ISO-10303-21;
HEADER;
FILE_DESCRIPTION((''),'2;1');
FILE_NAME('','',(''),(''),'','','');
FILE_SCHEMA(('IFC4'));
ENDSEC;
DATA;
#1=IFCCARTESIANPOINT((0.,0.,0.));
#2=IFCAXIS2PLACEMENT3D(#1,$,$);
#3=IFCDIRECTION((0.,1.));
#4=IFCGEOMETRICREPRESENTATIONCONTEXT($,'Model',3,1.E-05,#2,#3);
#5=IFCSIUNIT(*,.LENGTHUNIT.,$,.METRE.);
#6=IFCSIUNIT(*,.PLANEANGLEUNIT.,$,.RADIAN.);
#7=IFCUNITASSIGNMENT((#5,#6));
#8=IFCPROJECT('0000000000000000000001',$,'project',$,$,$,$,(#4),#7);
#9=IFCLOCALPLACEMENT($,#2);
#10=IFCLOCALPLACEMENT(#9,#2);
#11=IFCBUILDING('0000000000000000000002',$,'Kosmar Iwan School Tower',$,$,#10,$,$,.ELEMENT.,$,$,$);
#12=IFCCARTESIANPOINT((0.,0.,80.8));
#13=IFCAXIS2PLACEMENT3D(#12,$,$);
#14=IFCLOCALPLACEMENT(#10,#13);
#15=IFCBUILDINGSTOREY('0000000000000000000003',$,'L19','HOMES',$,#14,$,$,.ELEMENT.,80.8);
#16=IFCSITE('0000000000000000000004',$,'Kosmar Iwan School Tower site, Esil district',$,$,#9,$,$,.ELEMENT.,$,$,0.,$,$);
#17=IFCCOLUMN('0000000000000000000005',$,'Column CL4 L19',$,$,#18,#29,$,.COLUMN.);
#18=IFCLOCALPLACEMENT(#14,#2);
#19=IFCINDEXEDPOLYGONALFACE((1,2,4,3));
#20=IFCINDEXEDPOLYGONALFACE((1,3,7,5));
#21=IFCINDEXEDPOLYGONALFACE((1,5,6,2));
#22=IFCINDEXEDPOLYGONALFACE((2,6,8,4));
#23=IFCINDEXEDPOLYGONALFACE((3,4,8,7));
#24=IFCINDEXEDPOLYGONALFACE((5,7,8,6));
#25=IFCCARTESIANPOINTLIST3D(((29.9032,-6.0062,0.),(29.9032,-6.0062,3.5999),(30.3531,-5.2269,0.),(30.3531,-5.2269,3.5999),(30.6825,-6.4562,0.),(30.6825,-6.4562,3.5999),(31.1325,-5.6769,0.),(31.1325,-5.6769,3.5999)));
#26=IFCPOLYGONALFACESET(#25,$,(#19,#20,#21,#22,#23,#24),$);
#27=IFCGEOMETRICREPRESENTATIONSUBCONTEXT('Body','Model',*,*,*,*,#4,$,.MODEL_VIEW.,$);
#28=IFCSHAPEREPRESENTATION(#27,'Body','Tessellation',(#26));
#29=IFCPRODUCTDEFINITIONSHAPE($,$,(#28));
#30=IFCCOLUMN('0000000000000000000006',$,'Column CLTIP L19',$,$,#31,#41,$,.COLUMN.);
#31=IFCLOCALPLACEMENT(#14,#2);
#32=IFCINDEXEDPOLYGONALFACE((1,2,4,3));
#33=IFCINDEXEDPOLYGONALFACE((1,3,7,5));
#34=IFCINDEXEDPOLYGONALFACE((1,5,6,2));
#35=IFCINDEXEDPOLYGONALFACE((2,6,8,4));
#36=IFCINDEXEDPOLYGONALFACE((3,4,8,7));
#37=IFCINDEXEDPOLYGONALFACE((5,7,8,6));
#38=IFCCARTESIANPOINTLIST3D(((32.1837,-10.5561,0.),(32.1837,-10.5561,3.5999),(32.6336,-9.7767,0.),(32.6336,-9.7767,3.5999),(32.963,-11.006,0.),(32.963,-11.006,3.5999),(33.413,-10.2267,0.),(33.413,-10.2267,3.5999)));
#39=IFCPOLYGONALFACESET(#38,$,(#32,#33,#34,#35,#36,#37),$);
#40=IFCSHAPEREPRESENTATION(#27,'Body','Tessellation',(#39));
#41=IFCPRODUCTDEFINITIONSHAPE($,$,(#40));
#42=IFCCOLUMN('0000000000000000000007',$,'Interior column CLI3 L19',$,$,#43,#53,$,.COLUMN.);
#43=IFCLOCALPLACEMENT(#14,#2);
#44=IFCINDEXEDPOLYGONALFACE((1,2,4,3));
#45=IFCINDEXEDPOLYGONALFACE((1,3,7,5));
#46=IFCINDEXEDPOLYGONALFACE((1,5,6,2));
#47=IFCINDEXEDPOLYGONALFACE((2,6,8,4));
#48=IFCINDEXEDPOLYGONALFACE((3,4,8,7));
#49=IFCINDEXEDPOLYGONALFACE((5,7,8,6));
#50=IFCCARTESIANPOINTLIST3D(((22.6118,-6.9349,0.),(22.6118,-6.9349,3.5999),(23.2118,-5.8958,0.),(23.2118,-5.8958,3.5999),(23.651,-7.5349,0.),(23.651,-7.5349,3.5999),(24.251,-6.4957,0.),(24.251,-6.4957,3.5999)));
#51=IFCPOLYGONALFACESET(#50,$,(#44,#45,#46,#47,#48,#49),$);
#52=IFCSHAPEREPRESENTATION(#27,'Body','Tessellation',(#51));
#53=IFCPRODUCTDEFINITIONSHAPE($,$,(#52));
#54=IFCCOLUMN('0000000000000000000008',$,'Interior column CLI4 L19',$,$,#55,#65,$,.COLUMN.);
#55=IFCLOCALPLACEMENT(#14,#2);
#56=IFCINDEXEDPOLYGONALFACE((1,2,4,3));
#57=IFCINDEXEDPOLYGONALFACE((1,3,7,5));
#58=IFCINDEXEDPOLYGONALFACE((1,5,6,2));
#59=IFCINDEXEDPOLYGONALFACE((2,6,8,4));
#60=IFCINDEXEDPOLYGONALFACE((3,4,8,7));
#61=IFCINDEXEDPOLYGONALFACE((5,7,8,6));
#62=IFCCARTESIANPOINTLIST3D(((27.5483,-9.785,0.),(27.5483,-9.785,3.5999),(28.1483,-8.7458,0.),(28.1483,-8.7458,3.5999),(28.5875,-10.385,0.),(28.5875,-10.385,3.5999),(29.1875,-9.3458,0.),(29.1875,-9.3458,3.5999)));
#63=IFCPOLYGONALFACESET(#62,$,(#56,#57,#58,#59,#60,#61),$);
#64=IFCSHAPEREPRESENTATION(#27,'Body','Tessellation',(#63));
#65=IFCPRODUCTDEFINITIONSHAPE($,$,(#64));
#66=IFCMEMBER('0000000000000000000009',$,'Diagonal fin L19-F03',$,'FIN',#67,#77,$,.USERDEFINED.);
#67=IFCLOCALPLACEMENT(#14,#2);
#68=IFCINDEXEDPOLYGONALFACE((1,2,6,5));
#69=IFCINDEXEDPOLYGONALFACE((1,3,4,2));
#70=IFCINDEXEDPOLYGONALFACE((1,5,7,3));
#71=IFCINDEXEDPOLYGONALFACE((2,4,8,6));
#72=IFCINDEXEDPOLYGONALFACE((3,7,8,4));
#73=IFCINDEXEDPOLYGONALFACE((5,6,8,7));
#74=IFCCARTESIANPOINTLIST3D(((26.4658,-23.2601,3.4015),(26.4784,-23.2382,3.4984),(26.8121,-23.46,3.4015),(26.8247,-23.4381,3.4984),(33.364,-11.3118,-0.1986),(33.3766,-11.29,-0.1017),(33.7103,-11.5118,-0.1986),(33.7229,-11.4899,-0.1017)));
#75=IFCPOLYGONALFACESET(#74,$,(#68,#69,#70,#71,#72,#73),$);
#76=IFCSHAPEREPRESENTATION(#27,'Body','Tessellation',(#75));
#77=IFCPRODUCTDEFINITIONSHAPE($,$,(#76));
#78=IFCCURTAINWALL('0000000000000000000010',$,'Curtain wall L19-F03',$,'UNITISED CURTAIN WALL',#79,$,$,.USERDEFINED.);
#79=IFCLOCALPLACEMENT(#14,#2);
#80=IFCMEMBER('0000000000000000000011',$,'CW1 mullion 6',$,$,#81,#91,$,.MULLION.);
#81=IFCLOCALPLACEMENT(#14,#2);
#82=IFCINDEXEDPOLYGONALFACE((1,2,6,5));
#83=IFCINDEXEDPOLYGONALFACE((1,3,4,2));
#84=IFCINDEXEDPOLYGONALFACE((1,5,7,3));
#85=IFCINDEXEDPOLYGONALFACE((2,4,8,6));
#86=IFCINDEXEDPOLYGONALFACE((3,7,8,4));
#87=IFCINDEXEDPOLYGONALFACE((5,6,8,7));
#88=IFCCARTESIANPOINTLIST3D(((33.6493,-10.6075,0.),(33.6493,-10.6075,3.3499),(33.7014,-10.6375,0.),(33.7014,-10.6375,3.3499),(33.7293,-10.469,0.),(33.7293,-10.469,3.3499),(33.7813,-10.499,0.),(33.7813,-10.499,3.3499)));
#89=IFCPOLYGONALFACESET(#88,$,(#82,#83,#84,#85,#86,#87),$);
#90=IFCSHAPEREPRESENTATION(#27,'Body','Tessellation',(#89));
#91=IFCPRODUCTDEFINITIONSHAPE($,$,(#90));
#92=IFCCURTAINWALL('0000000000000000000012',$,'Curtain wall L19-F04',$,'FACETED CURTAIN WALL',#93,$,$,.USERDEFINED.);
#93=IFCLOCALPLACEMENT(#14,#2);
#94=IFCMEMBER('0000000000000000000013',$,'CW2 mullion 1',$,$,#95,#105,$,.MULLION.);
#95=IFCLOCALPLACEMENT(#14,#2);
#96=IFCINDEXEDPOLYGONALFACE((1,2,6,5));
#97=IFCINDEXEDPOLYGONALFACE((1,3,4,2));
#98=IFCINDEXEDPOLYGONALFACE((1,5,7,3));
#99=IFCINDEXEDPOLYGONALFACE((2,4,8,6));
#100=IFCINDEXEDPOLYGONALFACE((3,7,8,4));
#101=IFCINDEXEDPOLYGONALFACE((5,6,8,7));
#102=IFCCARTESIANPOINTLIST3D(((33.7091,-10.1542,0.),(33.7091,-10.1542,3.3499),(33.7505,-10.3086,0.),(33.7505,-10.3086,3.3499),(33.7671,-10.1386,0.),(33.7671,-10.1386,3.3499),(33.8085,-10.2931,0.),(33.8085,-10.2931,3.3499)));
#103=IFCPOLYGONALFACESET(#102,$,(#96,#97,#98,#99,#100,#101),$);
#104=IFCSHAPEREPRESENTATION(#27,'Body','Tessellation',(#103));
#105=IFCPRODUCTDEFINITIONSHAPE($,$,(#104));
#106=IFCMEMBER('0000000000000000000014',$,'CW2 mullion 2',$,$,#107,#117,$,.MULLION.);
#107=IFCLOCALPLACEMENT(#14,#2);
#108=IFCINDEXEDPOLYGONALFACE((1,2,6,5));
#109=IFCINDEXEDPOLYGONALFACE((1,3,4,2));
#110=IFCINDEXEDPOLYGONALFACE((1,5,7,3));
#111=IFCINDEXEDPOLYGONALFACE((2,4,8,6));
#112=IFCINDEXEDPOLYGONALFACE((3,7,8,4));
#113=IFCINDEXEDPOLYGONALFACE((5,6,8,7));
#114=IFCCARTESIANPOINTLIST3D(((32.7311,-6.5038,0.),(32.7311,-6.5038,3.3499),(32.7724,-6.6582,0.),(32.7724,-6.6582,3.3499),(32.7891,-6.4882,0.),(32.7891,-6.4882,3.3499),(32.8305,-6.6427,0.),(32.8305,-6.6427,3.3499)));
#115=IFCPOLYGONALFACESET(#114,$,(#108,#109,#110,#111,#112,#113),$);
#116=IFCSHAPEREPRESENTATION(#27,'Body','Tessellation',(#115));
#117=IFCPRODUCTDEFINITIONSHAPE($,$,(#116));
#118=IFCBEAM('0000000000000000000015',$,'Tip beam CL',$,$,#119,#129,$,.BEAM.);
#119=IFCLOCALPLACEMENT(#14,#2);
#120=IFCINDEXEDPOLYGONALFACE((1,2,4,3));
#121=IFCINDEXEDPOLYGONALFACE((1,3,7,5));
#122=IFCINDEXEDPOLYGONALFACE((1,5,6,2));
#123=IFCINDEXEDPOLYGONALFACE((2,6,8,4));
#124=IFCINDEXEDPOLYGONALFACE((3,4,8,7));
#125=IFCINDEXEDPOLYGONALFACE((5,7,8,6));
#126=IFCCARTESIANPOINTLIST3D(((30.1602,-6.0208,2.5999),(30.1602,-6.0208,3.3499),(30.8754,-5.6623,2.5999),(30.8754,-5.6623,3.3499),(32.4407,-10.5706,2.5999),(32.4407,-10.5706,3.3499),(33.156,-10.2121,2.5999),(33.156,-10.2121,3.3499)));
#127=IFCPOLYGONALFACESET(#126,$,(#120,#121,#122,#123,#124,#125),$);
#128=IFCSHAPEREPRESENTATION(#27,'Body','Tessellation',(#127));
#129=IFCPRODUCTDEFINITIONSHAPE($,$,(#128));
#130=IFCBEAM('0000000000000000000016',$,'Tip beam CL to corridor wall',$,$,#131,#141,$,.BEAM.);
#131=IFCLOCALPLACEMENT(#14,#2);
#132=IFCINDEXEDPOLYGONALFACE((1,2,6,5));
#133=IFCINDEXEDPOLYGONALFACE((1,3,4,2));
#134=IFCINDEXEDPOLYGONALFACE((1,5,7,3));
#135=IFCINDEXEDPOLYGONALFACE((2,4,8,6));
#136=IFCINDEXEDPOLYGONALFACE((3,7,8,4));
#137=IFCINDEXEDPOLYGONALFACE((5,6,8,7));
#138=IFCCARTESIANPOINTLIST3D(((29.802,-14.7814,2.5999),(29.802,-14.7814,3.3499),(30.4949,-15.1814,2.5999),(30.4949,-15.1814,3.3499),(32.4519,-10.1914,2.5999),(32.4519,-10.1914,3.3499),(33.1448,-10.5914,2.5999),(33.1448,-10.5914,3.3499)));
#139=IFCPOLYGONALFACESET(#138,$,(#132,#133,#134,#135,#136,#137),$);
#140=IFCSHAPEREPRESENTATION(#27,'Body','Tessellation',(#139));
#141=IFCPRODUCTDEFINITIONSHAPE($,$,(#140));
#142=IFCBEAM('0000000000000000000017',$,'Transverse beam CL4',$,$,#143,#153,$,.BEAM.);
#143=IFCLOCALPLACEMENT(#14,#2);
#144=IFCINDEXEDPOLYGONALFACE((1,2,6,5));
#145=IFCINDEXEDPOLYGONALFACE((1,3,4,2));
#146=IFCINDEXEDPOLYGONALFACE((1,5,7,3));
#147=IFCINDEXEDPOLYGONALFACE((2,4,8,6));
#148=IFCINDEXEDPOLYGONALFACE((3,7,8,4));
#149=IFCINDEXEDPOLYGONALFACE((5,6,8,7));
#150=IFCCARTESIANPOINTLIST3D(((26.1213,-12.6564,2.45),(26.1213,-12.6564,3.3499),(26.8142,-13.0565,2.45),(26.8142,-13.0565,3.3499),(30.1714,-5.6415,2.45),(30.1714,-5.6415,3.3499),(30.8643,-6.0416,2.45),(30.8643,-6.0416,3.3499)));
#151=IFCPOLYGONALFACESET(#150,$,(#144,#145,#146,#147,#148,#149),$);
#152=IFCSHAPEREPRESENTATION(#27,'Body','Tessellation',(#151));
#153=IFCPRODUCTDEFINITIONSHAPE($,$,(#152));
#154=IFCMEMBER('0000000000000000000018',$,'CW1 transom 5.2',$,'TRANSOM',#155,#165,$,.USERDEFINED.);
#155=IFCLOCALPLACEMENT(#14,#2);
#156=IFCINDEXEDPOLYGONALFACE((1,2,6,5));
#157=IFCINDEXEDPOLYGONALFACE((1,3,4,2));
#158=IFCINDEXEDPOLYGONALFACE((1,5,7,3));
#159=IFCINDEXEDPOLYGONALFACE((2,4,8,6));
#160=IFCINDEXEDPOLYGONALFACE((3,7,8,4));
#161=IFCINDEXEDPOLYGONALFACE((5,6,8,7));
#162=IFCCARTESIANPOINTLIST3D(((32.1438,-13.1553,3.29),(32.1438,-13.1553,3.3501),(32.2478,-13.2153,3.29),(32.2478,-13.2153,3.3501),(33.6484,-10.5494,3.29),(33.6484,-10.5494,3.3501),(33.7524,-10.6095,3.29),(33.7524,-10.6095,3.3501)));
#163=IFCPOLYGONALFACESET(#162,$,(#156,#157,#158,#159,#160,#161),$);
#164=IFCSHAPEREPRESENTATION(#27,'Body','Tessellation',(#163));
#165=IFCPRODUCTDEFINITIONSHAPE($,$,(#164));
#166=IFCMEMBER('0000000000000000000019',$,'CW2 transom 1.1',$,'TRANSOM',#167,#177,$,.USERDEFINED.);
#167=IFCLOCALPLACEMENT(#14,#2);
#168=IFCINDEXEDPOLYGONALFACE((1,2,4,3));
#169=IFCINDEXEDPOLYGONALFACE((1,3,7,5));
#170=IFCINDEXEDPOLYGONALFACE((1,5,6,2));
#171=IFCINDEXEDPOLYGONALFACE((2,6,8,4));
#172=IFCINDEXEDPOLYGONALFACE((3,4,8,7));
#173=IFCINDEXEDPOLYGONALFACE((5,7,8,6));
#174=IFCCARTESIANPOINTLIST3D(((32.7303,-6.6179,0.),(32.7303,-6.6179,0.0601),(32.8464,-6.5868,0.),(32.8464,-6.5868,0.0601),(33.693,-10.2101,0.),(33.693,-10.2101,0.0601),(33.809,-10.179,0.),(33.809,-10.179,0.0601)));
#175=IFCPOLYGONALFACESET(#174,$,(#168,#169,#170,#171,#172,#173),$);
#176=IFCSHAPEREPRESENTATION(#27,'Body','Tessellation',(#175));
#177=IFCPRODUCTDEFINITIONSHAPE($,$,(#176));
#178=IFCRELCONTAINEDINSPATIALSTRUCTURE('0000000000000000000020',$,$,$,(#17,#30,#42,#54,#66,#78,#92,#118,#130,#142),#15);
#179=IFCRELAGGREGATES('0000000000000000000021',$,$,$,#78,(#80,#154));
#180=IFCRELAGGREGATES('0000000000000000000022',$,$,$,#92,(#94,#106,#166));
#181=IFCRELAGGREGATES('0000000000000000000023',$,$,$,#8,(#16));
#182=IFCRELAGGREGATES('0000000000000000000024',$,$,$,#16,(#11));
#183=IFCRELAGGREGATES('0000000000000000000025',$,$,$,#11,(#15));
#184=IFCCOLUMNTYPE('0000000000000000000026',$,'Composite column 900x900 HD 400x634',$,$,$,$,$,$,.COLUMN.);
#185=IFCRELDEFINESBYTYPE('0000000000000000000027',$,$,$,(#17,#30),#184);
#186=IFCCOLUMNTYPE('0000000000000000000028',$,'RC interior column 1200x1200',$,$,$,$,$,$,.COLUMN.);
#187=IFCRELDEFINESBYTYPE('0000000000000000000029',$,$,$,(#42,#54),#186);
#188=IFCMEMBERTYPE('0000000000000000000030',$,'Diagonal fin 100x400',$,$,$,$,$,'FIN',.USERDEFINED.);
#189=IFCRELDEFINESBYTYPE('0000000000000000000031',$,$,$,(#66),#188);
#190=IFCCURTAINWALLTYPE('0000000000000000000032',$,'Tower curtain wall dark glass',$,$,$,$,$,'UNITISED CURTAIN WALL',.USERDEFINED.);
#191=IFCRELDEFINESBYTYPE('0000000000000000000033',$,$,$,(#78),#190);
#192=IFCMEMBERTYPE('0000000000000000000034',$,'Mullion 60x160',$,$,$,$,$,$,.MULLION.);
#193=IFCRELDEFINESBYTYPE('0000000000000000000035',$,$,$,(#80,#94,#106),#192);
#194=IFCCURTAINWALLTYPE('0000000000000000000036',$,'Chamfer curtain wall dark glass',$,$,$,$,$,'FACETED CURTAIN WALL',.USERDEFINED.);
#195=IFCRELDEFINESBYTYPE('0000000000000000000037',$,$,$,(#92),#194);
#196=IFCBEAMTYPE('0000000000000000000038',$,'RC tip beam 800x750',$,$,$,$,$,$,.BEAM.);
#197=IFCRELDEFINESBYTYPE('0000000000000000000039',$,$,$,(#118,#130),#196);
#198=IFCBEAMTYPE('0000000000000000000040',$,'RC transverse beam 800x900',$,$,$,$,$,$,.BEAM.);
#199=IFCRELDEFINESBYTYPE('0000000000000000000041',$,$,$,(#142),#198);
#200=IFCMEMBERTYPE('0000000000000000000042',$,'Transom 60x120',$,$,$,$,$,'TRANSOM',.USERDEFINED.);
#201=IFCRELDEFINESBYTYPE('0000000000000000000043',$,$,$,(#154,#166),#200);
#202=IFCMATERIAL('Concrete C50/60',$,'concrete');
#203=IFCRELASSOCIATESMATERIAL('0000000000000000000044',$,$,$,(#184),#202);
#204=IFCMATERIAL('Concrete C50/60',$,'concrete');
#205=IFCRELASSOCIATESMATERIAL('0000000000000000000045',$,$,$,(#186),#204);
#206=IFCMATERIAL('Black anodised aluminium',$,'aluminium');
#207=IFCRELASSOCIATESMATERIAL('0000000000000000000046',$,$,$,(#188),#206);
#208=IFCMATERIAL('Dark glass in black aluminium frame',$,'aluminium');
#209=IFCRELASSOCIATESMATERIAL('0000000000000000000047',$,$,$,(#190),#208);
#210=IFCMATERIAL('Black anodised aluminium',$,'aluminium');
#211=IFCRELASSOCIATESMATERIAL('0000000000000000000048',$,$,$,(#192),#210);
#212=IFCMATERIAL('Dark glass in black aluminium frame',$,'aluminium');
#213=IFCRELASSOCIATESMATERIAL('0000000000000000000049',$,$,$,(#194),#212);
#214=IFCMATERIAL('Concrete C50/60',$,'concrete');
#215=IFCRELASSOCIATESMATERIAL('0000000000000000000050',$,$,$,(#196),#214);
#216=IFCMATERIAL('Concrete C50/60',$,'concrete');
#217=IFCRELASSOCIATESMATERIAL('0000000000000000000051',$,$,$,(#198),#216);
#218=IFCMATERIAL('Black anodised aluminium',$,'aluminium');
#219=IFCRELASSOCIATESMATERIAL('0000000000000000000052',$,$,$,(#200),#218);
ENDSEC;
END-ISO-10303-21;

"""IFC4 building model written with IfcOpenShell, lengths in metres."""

from ifc_helpers import new_model, si_unit, direction, frame, origin, origin_2d, place, context, subcontext, project, spatial, rectangle, extrude, material, material_profile, profile_set, type_object, element, aggregate, save


model = new_model("IFC4")

# Units and contexts
model_context = context("Model", 3, precision=1e-05, world=origin(), true_north=direction((0.0, 1.0)))
body_context = subcontext(model_context, "Body", "Model", "MODEL_VIEW")
ifc_project = project(units=[si_unit("LENGTHUNIT", "METRE"), si_unit("PLANEANGLEUNIT", "RADIAN")], contexts=[model_context])

# Site, building, storey
site_placement = place(None, origin())
site = spatial("IfcSite", under=ifc_project, at=site_placement, Name="Kosmar Iwan School Tower site, Esil district", CompositionType="ELEMENT", RefElevation=0.0)
building_placement = place(site_placement, origin())
building = spatial("IfcBuilding", under=site, at=building_placement, Name="Kosmar Iwan School Tower", CompositionType="ELEMENT")
storey_placement = place(building_placement, frame((0.0, 0.0, 80.8)))
storey = spatial("IfcBuildingStorey", under=building, at=storey_placement, Name="L19", Description="HOMES", CompositionType="ELEMENT", Elevation=80.8)

# Columns
ifc_material_1 = material(Name="Concrete C50/60", Category="concrete")
ifc_material_profile_1 = material_profile(ifc_material_1, rectangle(XDim=0.8999, YDim=0.8999, at=origin_2d()), Name="RC 900x900 + HD 400x634")
ifc_profile_set_1 = profile_set([ifc_material_profile_1], Name="Concrete C50/60")
column_type_1 = type_object("IfcColumnType", Name="Composite column 900x900 HD 400x634", PredefinedType="COLUMN", material=ifc_profile_set_1)
for number, where, z_axis, x_axis, name in (
    (1, (30.5178, -5.8416, 0.0), (0.0, 0.0, 1.0), (0.866025, -0.5, 0.0), "Column CL4 L19"),
    (2, (32.7983, -10.3914, 0.0), (0.0, 0.0, 1.0), (0.866025, -0.5, 0.0), "Column CLTIP L19"),
):
    element("IfcColumn", number, at=place(storey_placement, frame(where, z_axis=z_axis, x_axis=x_axis)), inside=storey, type_object=column_type_1, Name=name, PredefinedType="COLUMN", context=body_context, shape_type="SweptSolid", body=[
        extrude(rectangle(XDim=0.8999, YDim=0.8999, at=origin_2d()), origin(), (0.0, 0.0, 1.0), 3.5999),
    ])
ifc_material_2 = material(Name="Concrete C50/60", Category="concrete")
ifc_material_profile_2 = material_profile(ifc_material_2, rectangle(XDim=1.2, YDim=1.2, at=origin_2d()), Name="RC 1200x1200")
ifc_profile_set_2 = profile_set([ifc_material_profile_2], Name="Concrete C50/60")
column_type_2 = type_object("IfcColumnType", Name="RC interior column 1200x1200", PredefinedType="COLUMN", material=ifc_profile_set_2)
for number, where, z_axis, x_axis, name in (
    (3, (23.4314, -6.7153, 0.0), (0.0, 0.0, 1.0), (0.866025, -0.5, 0.0), "Interior column CLI3 L19"),
    (4, (28.3679, -9.5654, 0.0), (0.0, 0.0, 1.0), (0.866025, -0.5, 0.0), "Interior column CLI4 L19"),
):
    element("IfcColumn", number, at=place(storey_placement, frame(where, z_axis=z_axis, x_axis=x_axis)), inside=storey, type_object=column_type_2, Name=name, PredefinedType="COLUMN", context=body_context, shape_type="SweptSolid", body=[
        extrude(rectangle(XDim=1.2, YDim=1.2, at=origin_2d()), origin(), (0.0, 0.0, 1.0), 3.5999),
    ])

# Member
ifc_material_3 = material(Name="Black anodised aluminium", Category="aluminium")
ifc_material_profile_3 = material_profile(ifc_material_3, rectangle(XDim=0.1001, YDim=0.3999, at=origin_2d()), Name="FIN 100x400")
ifc_profile_set_3 = profile_set([ifc_material_profile_3], Name="Black anodised aluminium")
member_type_1 = type_object("IfcMemberType", Name="Diagonal fin 100x400", ElementType="FIN", PredefinedType="USERDEFINED", material=ifc_profile_set_3)
member_1_placement = place(storey_placement, frame((33.5435, -11.4009, -0.1501), z_axis=(-0.483793, -0.83797, 0.252487), x_axis=(0.126242, 0.218661, 0.9676)))
element("IfcMember", 5, at=member_1_placement, inside=storey, type_object=member_type_1, Name="Diagonal fin L19-F03", ObjectType="FIN", PredefinedType="USERDEFINED", context=body_context, shape_type="SweptSolid", body=[
    extrude(rectangle(XDim=0.1001, YDim=0.3999, at=origin_2d()), origin(), (0.0, 0.0, 1.0), 14.2585),
])

# Curtain wall, member
ifc_material_4 = material(Name="Dark glass in black aluminium frame", Category="aluminium")
curtain_wall_type_1 = type_object("IfcCurtainWallType", Name="Tower curtain wall dark glass", ElementType="UNITISED CURTAIN WALL", PredefinedType="USERDEFINED", material=ifc_material_4)
curtain_wall_1_placement = place(storey_placement, origin())
curtain_wall_1 = element("IfcCurtainWall", 6, at=curtain_wall_1_placement, inside=storey, type_object=curtain_wall_type_1, Name="Curtain wall L19-F03", ObjectType="UNITISED CURTAIN WALL", PredefinedType="USERDEFINED")
ifc_material_5 = material(Name="Black anodised aluminium", Category="aluminium")
ifc_material_profile_4 = material_profile(ifc_material_5, rectangle(XDim=0.0601, YDim=0.1599, at=origin_2d()), Name="MULLION 60x160")
ifc_profile_set_4 = profile_set([ifc_material_profile_4], Name="Black anodised aluminium")
member_type_2 = type_object("IfcMemberType", Name="Mullion 60x160", PredefinedType="MULLION", material=ifc_profile_set_4)
member_2_placement = place(storey_placement, frame((33.7153, -10.5532, 0.0), z_axis=(0.0, 0.0, 1.0), x_axis=(-0.866025, 0.5, 0.0)))
member_2 = element("IfcMember", 7, at=member_2_placement, type_object=member_type_2, Name="CW1 mullion 6", PredefinedType="MULLION", context=body_context, shape_type="SweptSolid", body=[
    extrude(rectangle(XDim=0.0601, YDim=0.1599, at=origin_2d()), origin(), (0.0, 0.0, 1.0), 3.3499),
])

# Curtain wall, members
ifc_material_6 = material(Name="Dark glass in black aluminium frame", Category="aluminium")
curtain_wall_type_2 = type_object("IfcCurtainWallType", Name="Chamfer curtain wall dark glass", ElementType="FACETED CURTAIN WALL", PredefinedType="USERDEFINED", material=ifc_material_6)
curtain_wall_2_placement = place(storey_placement, origin())
curtain_wall_2 = element("IfcCurtainWall", 8, at=curtain_wall_2_placement, inside=storey, type_object=curtain_wall_type_2, Name="Curtain wall L19-F04", ObjectType="FACETED CURTAIN WALL", PredefinedType="USERDEFINED")
member_3_placement = place(storey_placement, frame((33.7588, -10.2236, 0.0), z_axis=(0.0, 0.0, 1.0), x_axis=(-0.965926, -0.258819, 0.0)))
member_3 = element("IfcMember", 9, at=member_3_placement, type_object=member_type_2, Name="CW2 mullion 1", PredefinedType="MULLION", context=body_context, shape_type="SweptSolid", body=[
    extrude(rectangle(XDim=0.0601, YDim=0.1599, at=origin_2d()), origin(), (0.0, 0.0, 1.0), 3.3499),
])
member_4_placement = place(storey_placement, frame((32.7808, -6.5732, 0.0), z_axis=(0.0, 0.0, 1.0), x_axis=(-0.965926, -0.258819, 0.0)))
member_4 = element("IfcMember", 10, at=member_4_placement, type_object=member_type_2, Name="CW2 mullion 2", PredefinedType="MULLION", context=body_context, shape_type="SweptSolid", body=[
    extrude(rectangle(XDim=0.0601, YDim=0.1599, at=origin_2d()), origin(), (0.0, 0.0, 1.0), 3.3499),
])

# Beams
ifc_material_7 = material(Name="Concrete C50/60", Category="concrete")
ifc_material_profile_5 = material_profile(ifc_material_7, rectangle(XDim=0.8, YDim=0.75, at=origin_2d()), Name="RC 800x750")
ifc_profile_set_5 = profile_set([ifc_material_profile_5], Name="Concrete C50/60")
beam_type_1 = type_object("IfcBeamType", Name="RC tip beam 800x750", PredefinedType="BEAM", material=ifc_profile_set_5)
beam_1_placement = place(storey_placement, frame((30.5178, -5.8416, 2.9749), z_axis=(0.448096, -0.893985, 0.0), x_axis=(0.893985, 0.448096, 0.0)))
element("IfcBeam", 11, at=beam_1_placement, inside=storey, type_object=beam_type_1, Name="Tip beam CL", PredefinedType="BEAM", context=body_context, shape_type="SweptSolid", body=[
    extrude(rectangle(XDim=0.8, YDim=0.75, at=origin_2d()), origin(), (0.0, 0.0, 1.0), 5.0894),
])
beam_2_placement = place(storey_placement, frame((32.7983, -10.3914, 2.9749), z_axis=(-0.499974, -0.866041, 0.0), x_axis=(0.866041, -0.499974, 0.0)))
element("IfcBeam", 12, at=beam_2_placement, inside=storey, type_object=beam_type_1, Name="Tip beam CL to corridor wall", PredefinedType="BEAM", context=body_context, shape_type="SweptSolid", body=[
    extrude(rectangle(XDim=0.8, YDim=0.75, at=origin_2d()), origin(), (0.0, 0.0, 1.0), 5.3),
])
ifc_material_8 = material(Name="Concrete C50/60", Category="concrete")
ifc_material_profile_6 = material_profile(ifc_material_8, rectangle(XDim=0.8, YDim=0.8999, at=origin_2d()), Name="RC 800x900")
ifc_profile_set_6 = profile_set([ifc_material_profile_6], Name="Concrete C50/60")
beam_type_2 = type_object("IfcBeamType", Name="RC transverse beam 800x900", PredefinedType="BEAM", material=ifc_profile_set_6)
beam_3_placement = place(storey_placement, frame((30.5178, -5.8416, 2.8999), z_axis=(-0.5, -0.866025, 0.0), x_axis=(0.866025, -0.5, 0.0)))
element("IfcBeam", 13, at=beam_3_placement, inside=storey, type_object=beam_type_2, Name="Transverse beam CL4", PredefinedType="BEAM", context=body_context, shape_type="SweptSolid", body=[
    extrude(rectangle(XDim=0.8, YDim=0.8999, at=origin_2d()), origin(), (0.0, 0.0, 1.0), 8.1001),
])

# Members
ifc_material_9 = material(Name="Black anodised aluminium", Category="aluminium")
ifc_material_profile_7 = material_profile(ifc_material_9, rectangle(XDim=0.1201, YDim=0.0601, at=origin_2d()), Name="TRANSOM 60x120")
ifc_profile_set_7 = profile_set([ifc_material_profile_7], Name="Black anodised aluminium")
member_type_3 = type_object("IfcMemberType", Name="Transom 60x120", ElementType="TRANSOM", PredefinedType="USERDEFINED", material=ifc_profile_set_7)
member_5_placement = place(storey_placement, frame((32.1958, -13.1853, 3.3201), z_axis=(0.500022, 0.866013, 0.0), x_axis=(-0.866013, 0.500022, 0.0)))
member_5 = element("IfcMember", 14, at=member_5_placement, type_object=member_type_3, Name="CW1 transom 5.2", ObjectType="TRANSOM", PredefinedType="USERDEFINED", context=body_context, shape_type="SweptSolid", body=[
    extrude(rectangle(XDim=0.1201, YDim=0.0601, at=origin_2d()), origin(), (0.0, 0.0, 1.0), 3.009),
])
member_6_placement = place(storey_placement, frame((33.751, -10.1946, 0.03), z_axis=(-0.258843, 0.965919, 0.0), x_axis=(-0.965919, -0.258843, 0.0)))
member_6 = element("IfcMember", 15, at=member_6_placement, type_object=member_type_3, Name="CW2 transom 1.1", ObjectType="TRANSOM", PredefinedType="USERDEFINED", context=body_context, shape_type="SweptSolid", body=[
    extrude(rectangle(XDim=0.1201, YDim=0.0601, at=origin_2d()), origin(), (0.0, 0.0, 1.0), 3.719),
])

aggregate(curtain_wall_1, [member_2, member_5])
aggregate(curtain_wall_2, [member_3, member_4, member_6])

save(model, "model.ifc")
